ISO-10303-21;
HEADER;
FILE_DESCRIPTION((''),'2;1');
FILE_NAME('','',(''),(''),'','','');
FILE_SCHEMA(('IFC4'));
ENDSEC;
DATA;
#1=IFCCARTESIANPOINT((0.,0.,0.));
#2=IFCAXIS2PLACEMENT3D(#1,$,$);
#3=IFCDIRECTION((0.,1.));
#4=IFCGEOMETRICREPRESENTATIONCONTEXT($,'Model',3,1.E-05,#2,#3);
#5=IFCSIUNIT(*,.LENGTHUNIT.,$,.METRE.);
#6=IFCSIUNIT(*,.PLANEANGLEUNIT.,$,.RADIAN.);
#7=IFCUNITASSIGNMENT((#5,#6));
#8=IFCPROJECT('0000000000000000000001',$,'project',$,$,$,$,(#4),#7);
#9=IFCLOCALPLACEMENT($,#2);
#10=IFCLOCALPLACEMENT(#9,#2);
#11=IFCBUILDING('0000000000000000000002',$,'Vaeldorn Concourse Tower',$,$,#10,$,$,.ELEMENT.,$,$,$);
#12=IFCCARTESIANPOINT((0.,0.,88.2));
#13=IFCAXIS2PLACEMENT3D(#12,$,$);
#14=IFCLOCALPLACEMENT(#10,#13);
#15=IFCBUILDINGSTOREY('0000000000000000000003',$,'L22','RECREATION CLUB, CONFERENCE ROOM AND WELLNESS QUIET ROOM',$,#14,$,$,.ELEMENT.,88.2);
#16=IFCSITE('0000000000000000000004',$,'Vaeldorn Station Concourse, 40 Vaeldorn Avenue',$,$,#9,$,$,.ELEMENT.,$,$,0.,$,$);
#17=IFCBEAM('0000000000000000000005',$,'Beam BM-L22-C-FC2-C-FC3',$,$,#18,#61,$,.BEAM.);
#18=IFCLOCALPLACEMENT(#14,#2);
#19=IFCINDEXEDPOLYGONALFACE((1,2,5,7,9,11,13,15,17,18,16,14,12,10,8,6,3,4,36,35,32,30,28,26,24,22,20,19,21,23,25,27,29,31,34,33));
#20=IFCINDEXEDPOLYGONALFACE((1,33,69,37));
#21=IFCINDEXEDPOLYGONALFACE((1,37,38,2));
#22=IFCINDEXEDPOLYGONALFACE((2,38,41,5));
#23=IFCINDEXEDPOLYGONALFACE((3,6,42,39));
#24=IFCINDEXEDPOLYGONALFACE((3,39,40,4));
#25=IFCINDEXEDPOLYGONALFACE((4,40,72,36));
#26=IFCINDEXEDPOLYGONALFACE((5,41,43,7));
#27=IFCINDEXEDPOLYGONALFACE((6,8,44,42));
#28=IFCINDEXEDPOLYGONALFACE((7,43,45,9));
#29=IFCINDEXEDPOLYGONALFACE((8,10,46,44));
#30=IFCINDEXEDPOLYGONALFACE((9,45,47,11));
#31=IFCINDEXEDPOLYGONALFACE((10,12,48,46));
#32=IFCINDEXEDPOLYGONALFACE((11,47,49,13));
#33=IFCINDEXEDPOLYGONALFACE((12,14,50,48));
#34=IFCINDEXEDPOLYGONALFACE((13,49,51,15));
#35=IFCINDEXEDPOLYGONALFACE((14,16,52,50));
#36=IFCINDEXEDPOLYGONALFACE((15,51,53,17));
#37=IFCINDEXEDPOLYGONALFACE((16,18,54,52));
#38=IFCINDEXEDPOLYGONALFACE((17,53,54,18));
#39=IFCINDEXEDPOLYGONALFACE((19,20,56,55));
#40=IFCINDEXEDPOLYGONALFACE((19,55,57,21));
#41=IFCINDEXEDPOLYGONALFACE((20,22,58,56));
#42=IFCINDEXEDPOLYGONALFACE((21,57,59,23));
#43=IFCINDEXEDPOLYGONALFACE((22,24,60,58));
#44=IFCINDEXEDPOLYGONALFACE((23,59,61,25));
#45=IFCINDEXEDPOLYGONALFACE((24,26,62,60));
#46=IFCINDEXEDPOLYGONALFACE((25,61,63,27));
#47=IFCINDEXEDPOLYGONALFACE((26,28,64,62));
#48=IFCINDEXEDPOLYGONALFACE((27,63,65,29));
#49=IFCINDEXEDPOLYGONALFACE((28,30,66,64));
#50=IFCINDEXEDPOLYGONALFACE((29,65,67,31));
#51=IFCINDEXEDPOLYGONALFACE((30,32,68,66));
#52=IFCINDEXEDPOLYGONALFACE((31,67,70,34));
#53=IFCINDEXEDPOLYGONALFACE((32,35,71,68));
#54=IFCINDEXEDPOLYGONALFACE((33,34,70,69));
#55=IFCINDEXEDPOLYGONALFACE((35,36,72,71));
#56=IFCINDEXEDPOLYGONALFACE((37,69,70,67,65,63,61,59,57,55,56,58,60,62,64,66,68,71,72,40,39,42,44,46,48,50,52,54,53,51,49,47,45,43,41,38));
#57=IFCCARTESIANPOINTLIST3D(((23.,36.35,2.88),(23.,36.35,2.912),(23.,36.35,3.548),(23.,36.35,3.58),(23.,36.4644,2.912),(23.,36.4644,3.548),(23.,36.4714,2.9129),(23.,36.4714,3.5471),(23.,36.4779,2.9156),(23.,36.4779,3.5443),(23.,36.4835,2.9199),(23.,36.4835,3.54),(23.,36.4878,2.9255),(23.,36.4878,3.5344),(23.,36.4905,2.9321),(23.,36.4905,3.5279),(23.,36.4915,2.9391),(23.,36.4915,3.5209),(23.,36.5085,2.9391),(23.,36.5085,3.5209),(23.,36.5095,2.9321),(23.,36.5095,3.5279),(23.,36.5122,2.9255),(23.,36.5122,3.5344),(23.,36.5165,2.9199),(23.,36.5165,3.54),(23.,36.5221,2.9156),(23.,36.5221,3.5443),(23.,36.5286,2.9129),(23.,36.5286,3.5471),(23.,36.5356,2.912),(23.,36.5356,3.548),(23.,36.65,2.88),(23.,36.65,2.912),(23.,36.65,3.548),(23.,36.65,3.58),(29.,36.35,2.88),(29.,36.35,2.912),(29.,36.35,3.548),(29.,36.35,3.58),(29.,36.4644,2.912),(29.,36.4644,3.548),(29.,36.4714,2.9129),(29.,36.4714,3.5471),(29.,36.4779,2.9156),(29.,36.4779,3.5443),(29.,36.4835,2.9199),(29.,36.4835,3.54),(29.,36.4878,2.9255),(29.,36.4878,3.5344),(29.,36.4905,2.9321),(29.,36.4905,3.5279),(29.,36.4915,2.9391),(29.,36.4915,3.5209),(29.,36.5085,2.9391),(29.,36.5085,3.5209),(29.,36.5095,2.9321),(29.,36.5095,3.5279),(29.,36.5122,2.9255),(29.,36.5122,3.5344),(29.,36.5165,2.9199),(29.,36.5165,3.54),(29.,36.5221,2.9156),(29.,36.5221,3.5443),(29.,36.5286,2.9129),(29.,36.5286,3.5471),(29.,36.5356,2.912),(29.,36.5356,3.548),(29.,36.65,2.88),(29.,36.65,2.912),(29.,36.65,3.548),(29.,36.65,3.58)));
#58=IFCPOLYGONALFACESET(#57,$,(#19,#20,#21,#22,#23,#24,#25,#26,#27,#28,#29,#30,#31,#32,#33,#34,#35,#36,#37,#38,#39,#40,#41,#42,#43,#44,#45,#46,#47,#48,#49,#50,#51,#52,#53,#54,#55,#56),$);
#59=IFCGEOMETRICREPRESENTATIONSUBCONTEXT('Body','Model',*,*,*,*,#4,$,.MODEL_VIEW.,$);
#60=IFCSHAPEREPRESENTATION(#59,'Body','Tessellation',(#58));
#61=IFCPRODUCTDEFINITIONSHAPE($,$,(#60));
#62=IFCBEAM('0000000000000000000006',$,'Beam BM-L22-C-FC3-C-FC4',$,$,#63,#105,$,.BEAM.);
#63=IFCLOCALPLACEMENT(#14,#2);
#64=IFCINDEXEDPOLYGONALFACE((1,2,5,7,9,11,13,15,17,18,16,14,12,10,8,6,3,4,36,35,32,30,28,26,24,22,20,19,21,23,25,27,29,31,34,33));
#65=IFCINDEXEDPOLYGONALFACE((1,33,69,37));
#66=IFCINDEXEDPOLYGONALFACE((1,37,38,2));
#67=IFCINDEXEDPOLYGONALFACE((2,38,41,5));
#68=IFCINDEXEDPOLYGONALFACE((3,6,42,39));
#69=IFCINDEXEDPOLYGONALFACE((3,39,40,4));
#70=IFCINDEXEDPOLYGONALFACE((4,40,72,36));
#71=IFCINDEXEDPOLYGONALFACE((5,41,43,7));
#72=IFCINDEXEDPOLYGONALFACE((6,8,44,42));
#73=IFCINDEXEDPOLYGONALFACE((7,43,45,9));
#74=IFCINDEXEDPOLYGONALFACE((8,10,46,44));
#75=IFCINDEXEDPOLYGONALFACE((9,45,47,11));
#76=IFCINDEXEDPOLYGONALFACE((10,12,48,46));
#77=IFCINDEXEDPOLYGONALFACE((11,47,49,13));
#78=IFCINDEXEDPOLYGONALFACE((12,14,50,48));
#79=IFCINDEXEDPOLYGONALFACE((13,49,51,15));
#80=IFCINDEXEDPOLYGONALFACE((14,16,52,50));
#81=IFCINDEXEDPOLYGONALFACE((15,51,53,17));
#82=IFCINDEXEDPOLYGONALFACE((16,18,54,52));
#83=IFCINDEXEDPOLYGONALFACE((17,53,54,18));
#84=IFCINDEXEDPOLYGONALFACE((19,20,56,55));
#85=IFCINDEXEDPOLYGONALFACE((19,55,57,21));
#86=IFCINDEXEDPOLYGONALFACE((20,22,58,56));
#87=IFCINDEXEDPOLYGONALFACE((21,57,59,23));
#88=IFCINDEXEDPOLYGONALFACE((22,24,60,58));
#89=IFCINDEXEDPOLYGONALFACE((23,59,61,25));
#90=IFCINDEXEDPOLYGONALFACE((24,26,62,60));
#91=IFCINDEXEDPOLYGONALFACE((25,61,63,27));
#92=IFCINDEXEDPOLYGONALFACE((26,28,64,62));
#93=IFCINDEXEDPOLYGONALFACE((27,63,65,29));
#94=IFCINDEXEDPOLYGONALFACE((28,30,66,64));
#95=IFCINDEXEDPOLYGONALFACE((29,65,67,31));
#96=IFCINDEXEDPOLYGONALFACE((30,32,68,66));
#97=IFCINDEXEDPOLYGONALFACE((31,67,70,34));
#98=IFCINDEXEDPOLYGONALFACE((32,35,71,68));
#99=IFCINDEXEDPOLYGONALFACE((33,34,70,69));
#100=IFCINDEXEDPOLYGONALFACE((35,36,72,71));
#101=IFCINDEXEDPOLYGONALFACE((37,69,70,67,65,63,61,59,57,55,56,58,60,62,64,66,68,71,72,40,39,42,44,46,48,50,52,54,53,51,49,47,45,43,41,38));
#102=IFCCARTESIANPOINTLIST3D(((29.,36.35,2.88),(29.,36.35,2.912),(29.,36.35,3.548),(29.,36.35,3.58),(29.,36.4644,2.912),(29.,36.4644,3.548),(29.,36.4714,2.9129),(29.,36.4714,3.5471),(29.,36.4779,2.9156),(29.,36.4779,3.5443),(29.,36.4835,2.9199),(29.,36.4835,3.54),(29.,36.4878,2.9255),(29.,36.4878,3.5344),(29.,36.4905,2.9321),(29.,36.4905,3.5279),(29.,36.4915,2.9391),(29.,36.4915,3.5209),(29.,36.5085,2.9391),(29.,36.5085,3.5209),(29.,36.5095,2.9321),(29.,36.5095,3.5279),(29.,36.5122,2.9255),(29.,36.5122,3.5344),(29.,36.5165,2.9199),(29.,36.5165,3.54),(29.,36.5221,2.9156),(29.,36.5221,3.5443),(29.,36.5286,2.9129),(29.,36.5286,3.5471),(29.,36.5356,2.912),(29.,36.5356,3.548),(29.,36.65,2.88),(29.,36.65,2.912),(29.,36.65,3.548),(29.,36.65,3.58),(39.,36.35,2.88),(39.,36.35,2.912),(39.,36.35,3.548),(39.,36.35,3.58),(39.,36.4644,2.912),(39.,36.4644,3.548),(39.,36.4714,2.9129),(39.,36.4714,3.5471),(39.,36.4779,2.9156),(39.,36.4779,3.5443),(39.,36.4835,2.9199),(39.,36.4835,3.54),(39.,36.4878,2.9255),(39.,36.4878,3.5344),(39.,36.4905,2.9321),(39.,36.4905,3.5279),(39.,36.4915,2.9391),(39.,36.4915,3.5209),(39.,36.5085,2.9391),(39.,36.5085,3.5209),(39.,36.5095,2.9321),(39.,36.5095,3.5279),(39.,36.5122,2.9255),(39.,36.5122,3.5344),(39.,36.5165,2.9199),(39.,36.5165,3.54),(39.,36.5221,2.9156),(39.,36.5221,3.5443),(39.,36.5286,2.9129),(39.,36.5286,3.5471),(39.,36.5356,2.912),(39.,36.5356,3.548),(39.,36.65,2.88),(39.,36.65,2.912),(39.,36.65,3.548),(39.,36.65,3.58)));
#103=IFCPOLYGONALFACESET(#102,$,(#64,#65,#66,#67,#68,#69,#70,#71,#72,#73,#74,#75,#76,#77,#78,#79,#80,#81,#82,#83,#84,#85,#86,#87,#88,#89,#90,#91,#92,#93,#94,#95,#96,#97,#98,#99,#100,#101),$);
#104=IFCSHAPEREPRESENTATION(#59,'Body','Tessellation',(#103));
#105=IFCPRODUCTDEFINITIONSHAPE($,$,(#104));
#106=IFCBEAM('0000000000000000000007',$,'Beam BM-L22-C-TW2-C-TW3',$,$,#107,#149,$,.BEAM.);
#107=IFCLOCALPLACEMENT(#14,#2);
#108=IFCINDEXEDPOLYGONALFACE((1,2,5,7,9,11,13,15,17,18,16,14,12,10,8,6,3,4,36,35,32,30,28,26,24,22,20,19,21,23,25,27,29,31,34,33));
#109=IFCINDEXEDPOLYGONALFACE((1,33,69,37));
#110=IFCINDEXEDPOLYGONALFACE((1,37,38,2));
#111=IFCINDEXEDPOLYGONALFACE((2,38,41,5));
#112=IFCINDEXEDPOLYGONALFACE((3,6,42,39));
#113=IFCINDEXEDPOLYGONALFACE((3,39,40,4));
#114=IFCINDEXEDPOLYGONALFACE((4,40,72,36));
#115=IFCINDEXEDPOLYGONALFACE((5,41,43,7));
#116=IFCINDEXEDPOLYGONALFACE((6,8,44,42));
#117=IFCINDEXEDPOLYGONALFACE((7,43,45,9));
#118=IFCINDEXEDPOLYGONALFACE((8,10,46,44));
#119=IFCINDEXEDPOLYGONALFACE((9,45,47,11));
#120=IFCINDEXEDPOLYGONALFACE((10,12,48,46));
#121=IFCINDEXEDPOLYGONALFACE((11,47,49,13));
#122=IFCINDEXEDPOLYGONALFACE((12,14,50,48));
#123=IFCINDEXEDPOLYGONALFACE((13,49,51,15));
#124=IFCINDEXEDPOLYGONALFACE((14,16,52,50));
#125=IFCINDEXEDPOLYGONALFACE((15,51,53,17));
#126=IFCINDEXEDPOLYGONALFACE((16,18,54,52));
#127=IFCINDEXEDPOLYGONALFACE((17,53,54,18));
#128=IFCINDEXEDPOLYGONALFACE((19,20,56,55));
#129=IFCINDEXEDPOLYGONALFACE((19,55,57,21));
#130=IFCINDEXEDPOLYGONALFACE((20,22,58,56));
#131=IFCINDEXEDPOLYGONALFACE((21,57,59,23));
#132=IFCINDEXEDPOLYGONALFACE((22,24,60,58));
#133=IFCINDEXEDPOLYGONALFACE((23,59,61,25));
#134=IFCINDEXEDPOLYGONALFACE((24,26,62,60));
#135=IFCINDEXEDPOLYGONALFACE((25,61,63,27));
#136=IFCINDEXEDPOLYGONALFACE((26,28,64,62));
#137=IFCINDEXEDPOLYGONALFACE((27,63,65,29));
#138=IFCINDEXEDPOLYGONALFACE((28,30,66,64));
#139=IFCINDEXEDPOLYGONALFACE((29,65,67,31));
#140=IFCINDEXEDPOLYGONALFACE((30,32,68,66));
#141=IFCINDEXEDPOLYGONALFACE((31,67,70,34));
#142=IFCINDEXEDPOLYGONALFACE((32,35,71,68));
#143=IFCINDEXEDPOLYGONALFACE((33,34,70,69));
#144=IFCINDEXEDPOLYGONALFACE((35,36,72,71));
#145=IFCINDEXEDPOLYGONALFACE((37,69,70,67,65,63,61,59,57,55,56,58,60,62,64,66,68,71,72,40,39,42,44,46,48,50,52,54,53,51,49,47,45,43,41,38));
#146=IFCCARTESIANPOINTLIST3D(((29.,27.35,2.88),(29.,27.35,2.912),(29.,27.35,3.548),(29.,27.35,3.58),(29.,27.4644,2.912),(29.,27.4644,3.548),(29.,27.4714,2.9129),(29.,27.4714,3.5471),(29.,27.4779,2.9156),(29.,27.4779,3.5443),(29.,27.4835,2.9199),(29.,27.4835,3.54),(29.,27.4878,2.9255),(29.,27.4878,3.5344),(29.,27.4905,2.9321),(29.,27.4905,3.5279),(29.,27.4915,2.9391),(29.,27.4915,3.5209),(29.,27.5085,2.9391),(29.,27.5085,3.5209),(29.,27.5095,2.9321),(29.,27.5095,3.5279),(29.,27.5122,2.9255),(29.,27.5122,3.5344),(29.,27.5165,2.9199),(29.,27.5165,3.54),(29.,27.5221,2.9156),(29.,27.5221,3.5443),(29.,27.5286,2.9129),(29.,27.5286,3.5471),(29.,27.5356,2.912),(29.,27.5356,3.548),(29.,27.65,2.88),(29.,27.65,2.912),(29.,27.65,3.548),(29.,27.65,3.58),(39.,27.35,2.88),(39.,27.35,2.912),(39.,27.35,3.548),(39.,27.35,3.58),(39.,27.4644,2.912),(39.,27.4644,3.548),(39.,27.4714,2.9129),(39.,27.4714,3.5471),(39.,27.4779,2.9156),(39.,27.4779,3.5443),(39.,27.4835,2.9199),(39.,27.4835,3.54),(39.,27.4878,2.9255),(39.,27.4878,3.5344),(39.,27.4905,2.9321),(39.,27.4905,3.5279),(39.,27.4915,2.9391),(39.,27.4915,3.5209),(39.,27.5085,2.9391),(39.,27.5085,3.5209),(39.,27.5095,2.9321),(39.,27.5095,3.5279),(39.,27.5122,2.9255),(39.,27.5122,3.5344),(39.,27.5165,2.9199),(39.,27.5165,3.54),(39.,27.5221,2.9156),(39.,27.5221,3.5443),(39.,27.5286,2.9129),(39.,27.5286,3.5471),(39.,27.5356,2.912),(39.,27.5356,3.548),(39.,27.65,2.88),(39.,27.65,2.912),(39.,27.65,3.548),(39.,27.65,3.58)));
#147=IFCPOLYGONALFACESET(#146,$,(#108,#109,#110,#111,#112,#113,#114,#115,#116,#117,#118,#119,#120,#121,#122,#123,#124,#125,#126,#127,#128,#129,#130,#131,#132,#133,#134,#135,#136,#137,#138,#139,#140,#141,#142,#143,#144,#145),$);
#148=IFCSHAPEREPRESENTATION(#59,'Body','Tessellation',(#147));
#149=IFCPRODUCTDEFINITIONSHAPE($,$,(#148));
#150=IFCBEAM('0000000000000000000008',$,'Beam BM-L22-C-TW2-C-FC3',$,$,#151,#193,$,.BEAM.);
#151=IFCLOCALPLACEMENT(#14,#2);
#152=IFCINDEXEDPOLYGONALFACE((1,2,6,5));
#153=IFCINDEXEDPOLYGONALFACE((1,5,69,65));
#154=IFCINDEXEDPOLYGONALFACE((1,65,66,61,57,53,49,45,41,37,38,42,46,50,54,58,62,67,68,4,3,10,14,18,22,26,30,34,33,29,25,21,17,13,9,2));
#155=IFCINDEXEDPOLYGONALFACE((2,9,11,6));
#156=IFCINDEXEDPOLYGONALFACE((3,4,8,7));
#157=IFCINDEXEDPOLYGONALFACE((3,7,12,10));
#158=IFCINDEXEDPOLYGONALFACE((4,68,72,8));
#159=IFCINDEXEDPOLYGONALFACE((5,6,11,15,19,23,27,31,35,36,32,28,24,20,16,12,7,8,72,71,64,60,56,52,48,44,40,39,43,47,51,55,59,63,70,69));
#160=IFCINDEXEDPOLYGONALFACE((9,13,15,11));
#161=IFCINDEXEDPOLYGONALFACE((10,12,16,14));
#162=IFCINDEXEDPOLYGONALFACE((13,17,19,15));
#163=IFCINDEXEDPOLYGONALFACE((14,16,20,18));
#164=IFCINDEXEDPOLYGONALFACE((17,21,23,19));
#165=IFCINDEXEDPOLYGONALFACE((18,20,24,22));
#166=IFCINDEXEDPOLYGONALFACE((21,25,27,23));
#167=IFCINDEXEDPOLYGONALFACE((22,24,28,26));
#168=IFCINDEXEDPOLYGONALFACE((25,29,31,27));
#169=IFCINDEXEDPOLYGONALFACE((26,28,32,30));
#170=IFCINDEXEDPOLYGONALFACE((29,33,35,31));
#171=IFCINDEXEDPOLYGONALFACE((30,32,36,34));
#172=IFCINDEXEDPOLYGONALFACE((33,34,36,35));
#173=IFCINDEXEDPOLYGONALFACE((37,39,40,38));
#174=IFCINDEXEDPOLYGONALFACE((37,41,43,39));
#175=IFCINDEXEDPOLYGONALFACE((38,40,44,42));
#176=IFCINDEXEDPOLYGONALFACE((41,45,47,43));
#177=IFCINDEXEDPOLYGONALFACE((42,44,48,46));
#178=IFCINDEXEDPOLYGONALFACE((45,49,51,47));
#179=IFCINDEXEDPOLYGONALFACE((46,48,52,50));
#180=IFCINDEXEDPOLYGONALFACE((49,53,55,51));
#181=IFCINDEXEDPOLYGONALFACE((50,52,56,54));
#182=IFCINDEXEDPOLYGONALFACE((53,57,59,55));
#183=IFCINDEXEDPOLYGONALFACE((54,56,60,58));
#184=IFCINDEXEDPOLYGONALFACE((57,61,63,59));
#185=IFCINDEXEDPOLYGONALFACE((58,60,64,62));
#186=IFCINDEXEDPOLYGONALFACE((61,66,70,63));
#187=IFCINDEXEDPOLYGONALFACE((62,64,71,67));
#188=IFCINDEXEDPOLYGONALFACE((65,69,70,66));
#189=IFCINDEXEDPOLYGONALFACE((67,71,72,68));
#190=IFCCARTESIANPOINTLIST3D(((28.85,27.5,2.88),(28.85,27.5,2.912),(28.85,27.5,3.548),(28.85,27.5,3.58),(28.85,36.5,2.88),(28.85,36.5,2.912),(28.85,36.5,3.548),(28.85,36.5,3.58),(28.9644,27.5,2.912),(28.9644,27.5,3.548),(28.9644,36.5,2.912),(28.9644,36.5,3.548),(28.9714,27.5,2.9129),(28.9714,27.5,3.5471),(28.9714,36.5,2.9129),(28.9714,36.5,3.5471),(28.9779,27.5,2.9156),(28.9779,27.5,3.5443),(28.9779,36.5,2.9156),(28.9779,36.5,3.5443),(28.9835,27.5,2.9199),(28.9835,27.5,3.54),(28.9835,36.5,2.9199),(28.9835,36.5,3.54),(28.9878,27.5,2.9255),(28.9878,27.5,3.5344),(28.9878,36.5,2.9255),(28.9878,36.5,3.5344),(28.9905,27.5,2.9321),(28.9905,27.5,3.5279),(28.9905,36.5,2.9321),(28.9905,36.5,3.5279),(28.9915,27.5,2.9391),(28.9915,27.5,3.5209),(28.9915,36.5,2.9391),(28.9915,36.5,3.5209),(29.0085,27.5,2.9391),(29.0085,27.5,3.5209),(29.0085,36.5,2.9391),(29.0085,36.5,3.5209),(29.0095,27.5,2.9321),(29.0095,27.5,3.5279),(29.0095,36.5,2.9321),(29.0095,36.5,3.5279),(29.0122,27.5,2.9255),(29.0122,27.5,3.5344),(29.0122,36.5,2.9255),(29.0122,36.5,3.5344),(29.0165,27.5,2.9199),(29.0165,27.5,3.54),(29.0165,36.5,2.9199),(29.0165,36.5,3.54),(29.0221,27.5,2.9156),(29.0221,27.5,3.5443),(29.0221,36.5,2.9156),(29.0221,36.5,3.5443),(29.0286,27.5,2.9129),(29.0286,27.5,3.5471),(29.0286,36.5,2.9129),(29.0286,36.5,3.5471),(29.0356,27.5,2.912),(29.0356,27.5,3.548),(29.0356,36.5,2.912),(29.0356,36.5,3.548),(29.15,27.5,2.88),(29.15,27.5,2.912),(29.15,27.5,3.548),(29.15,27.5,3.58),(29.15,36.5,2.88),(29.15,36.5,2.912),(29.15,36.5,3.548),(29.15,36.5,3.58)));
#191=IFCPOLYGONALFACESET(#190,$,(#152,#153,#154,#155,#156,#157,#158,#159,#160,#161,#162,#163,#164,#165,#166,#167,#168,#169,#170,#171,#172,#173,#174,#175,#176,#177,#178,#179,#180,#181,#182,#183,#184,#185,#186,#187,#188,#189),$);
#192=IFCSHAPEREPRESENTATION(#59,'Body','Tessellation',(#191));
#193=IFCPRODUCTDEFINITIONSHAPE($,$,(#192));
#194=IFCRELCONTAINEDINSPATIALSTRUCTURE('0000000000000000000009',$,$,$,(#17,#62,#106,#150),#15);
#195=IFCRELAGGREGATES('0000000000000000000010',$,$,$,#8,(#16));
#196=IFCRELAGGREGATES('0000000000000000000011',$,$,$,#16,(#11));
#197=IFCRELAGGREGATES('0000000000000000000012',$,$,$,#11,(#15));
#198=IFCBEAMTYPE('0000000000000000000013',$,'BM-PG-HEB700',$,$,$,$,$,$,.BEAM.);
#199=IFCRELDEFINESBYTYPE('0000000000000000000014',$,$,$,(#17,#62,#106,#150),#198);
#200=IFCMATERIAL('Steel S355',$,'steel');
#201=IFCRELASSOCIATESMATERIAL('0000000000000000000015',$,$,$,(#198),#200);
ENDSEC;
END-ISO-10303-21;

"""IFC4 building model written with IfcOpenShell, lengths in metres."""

from ifc_helpers import new_model, si_unit, direction, frame, origin, origin_2d, place, context, subcontext, project, spatial, i_section, extrude, source, transform, mapped, material, material_profile, profile_set, type_object, element, save


model = new_model("IFC4")

# Units and contexts
model_context = context("Model", 3, precision=1e-05, world=origin(), true_north=direction((0.0, 1.0)))
body_context = subcontext(model_context, "Body", "Model", "MODEL_VIEW")
ifc_project = project(units=[si_unit("LENGTHUNIT", "METRE"), si_unit("PLANEANGLEUNIT", "RADIAN")], contexts=[model_context])

# Site, building, storey
site_placement = place(None, origin())
site = spatial("IfcSite", under=ifc_project, at=site_placement, Name="Vaeldorn Station Concourse, 40 Vaeldorn Avenue", CompositionType="ELEMENT", RefElevation=0.0)
building_placement = place(site_placement, origin())
building = spatial("IfcBuilding", under=site, at=building_placement, Name="Vaeldorn Concourse Tower", CompositionType="ELEMENT")
storey_placement = place(building_placement, frame((0.0, 0.0, 88.2)))
storey = spatial("IfcBuildingStorey", under=building, at=storey_placement, Name="L22", Description="RECREATION CLUB, CONFERENCE ROOM AND WELLNESS QUIET ROOM", CompositionType="ELEMENT", Elevation=88.2)

# Beams
ifc_material_1 = material(Name="Steel S355", Category="steel")
ifc_material_profile_1 = material_profile(ifc_material_1, i_section(OverallWidth=0.3, OverallDepth=0.7, WebThickness=0.0171, FlangeThickness=0.032, FilletRadius=0.0271, at=origin_2d()), Name="HEB 700")
ifc_profile_set_1 = profile_set([ifc_material_profile_1], Name="Steel S355")
beam_type_1 = type_object("IfcBeamType", Name="BM-PG-HEB700", PredefinedType="BEAM", material=ifc_profile_set_1)
shared_shape_1 = source(origin(), body_context, "Body", "SweptSolid", [
    extrude(i_section(OverallWidth=0.3, OverallDepth=0.7, WebThickness=0.0171, FlangeThickness=0.032, FilletRadius=0.0271, at=origin_2d()), origin(), (0.0, 0.0, 1.0), 6.0),
])
beam_1_placement = place(storey_placement, frame((23.0, 36.5, 3.23), z_axis=(1.0, 0.0, 0.0), x_axis=(0.0, 1.0, 0.0)))
element("IfcBeam", 1, at=beam_1_placement, inside=storey, type_object=beam_type_1, Name="Beam BM-L22-C-FC2-C-FC3", PredefinedType="BEAM", context=body_context, shape_type="MappedRepresentation", body=[
    mapped(shared_shape_1, transform((0.0, 0.0, 0.0), scale=1.0)),
])
shared_shape_2 = source(origin(), body_context, "Body", "SweptSolid", [
    extrude(i_section(OverallWidth=0.3, OverallDepth=0.7, WebThickness=0.0171, FlangeThickness=0.032, FilletRadius=0.0271, at=origin_2d()), origin(), (0.0, 0.0, 1.0), 10.0),
])
for number, where, z_axis, x_axis, name in (
    (2, (29.0, 36.5, 3.23), (1.0, 0.0, 0.0), (0.0, 1.0, 0.0), "Beam BM-L22-C-FC3-C-FC4"),
    (3, (29.0, 27.5, 3.23), (1.0, 0.0, 0.0), (0.0, 1.0, 0.0), "Beam BM-L22-C-TW2-C-TW3"),
):
    element("IfcBeam", number, at=place(storey_placement, frame(where, z_axis=z_axis, x_axis=x_axis)), inside=storey, type_object=beam_type_1, Name=name, PredefinedType="BEAM", context=body_context, shape_type="MappedRepresentation", body=[
        mapped(shared_shape_2, transform((0.0, 0.0, 0.0), scale=1.0)),
    ])
shared_shape_3 = source(origin(), body_context, "Body", "SweptSolid", [
    extrude(i_section(OverallWidth=0.3, OverallDepth=0.7, WebThickness=0.0171, FlangeThickness=0.032, FilletRadius=0.0271, at=origin_2d()), origin(), (0.0, 0.0, 1.0), 9.0),
])
beam_2_placement = place(storey_placement, frame((29.0, 27.5, 3.23), z_axis=(0.0, 1.0, 0.0), x_axis=(-1.0, 0.0, 0.0)))
element("IfcBeam", 4, at=beam_2_placement, inside=storey, type_object=beam_type_1, Name="Beam BM-L22-C-TW2-C-FC3", PredefinedType="BEAM", context=body_context, shape_type="MappedRepresentation", body=[
    mapped(shared_shape_3, transform((0.0, 0.0, 0.0), scale=1.0)),
])

save(model, "model.ifc")
